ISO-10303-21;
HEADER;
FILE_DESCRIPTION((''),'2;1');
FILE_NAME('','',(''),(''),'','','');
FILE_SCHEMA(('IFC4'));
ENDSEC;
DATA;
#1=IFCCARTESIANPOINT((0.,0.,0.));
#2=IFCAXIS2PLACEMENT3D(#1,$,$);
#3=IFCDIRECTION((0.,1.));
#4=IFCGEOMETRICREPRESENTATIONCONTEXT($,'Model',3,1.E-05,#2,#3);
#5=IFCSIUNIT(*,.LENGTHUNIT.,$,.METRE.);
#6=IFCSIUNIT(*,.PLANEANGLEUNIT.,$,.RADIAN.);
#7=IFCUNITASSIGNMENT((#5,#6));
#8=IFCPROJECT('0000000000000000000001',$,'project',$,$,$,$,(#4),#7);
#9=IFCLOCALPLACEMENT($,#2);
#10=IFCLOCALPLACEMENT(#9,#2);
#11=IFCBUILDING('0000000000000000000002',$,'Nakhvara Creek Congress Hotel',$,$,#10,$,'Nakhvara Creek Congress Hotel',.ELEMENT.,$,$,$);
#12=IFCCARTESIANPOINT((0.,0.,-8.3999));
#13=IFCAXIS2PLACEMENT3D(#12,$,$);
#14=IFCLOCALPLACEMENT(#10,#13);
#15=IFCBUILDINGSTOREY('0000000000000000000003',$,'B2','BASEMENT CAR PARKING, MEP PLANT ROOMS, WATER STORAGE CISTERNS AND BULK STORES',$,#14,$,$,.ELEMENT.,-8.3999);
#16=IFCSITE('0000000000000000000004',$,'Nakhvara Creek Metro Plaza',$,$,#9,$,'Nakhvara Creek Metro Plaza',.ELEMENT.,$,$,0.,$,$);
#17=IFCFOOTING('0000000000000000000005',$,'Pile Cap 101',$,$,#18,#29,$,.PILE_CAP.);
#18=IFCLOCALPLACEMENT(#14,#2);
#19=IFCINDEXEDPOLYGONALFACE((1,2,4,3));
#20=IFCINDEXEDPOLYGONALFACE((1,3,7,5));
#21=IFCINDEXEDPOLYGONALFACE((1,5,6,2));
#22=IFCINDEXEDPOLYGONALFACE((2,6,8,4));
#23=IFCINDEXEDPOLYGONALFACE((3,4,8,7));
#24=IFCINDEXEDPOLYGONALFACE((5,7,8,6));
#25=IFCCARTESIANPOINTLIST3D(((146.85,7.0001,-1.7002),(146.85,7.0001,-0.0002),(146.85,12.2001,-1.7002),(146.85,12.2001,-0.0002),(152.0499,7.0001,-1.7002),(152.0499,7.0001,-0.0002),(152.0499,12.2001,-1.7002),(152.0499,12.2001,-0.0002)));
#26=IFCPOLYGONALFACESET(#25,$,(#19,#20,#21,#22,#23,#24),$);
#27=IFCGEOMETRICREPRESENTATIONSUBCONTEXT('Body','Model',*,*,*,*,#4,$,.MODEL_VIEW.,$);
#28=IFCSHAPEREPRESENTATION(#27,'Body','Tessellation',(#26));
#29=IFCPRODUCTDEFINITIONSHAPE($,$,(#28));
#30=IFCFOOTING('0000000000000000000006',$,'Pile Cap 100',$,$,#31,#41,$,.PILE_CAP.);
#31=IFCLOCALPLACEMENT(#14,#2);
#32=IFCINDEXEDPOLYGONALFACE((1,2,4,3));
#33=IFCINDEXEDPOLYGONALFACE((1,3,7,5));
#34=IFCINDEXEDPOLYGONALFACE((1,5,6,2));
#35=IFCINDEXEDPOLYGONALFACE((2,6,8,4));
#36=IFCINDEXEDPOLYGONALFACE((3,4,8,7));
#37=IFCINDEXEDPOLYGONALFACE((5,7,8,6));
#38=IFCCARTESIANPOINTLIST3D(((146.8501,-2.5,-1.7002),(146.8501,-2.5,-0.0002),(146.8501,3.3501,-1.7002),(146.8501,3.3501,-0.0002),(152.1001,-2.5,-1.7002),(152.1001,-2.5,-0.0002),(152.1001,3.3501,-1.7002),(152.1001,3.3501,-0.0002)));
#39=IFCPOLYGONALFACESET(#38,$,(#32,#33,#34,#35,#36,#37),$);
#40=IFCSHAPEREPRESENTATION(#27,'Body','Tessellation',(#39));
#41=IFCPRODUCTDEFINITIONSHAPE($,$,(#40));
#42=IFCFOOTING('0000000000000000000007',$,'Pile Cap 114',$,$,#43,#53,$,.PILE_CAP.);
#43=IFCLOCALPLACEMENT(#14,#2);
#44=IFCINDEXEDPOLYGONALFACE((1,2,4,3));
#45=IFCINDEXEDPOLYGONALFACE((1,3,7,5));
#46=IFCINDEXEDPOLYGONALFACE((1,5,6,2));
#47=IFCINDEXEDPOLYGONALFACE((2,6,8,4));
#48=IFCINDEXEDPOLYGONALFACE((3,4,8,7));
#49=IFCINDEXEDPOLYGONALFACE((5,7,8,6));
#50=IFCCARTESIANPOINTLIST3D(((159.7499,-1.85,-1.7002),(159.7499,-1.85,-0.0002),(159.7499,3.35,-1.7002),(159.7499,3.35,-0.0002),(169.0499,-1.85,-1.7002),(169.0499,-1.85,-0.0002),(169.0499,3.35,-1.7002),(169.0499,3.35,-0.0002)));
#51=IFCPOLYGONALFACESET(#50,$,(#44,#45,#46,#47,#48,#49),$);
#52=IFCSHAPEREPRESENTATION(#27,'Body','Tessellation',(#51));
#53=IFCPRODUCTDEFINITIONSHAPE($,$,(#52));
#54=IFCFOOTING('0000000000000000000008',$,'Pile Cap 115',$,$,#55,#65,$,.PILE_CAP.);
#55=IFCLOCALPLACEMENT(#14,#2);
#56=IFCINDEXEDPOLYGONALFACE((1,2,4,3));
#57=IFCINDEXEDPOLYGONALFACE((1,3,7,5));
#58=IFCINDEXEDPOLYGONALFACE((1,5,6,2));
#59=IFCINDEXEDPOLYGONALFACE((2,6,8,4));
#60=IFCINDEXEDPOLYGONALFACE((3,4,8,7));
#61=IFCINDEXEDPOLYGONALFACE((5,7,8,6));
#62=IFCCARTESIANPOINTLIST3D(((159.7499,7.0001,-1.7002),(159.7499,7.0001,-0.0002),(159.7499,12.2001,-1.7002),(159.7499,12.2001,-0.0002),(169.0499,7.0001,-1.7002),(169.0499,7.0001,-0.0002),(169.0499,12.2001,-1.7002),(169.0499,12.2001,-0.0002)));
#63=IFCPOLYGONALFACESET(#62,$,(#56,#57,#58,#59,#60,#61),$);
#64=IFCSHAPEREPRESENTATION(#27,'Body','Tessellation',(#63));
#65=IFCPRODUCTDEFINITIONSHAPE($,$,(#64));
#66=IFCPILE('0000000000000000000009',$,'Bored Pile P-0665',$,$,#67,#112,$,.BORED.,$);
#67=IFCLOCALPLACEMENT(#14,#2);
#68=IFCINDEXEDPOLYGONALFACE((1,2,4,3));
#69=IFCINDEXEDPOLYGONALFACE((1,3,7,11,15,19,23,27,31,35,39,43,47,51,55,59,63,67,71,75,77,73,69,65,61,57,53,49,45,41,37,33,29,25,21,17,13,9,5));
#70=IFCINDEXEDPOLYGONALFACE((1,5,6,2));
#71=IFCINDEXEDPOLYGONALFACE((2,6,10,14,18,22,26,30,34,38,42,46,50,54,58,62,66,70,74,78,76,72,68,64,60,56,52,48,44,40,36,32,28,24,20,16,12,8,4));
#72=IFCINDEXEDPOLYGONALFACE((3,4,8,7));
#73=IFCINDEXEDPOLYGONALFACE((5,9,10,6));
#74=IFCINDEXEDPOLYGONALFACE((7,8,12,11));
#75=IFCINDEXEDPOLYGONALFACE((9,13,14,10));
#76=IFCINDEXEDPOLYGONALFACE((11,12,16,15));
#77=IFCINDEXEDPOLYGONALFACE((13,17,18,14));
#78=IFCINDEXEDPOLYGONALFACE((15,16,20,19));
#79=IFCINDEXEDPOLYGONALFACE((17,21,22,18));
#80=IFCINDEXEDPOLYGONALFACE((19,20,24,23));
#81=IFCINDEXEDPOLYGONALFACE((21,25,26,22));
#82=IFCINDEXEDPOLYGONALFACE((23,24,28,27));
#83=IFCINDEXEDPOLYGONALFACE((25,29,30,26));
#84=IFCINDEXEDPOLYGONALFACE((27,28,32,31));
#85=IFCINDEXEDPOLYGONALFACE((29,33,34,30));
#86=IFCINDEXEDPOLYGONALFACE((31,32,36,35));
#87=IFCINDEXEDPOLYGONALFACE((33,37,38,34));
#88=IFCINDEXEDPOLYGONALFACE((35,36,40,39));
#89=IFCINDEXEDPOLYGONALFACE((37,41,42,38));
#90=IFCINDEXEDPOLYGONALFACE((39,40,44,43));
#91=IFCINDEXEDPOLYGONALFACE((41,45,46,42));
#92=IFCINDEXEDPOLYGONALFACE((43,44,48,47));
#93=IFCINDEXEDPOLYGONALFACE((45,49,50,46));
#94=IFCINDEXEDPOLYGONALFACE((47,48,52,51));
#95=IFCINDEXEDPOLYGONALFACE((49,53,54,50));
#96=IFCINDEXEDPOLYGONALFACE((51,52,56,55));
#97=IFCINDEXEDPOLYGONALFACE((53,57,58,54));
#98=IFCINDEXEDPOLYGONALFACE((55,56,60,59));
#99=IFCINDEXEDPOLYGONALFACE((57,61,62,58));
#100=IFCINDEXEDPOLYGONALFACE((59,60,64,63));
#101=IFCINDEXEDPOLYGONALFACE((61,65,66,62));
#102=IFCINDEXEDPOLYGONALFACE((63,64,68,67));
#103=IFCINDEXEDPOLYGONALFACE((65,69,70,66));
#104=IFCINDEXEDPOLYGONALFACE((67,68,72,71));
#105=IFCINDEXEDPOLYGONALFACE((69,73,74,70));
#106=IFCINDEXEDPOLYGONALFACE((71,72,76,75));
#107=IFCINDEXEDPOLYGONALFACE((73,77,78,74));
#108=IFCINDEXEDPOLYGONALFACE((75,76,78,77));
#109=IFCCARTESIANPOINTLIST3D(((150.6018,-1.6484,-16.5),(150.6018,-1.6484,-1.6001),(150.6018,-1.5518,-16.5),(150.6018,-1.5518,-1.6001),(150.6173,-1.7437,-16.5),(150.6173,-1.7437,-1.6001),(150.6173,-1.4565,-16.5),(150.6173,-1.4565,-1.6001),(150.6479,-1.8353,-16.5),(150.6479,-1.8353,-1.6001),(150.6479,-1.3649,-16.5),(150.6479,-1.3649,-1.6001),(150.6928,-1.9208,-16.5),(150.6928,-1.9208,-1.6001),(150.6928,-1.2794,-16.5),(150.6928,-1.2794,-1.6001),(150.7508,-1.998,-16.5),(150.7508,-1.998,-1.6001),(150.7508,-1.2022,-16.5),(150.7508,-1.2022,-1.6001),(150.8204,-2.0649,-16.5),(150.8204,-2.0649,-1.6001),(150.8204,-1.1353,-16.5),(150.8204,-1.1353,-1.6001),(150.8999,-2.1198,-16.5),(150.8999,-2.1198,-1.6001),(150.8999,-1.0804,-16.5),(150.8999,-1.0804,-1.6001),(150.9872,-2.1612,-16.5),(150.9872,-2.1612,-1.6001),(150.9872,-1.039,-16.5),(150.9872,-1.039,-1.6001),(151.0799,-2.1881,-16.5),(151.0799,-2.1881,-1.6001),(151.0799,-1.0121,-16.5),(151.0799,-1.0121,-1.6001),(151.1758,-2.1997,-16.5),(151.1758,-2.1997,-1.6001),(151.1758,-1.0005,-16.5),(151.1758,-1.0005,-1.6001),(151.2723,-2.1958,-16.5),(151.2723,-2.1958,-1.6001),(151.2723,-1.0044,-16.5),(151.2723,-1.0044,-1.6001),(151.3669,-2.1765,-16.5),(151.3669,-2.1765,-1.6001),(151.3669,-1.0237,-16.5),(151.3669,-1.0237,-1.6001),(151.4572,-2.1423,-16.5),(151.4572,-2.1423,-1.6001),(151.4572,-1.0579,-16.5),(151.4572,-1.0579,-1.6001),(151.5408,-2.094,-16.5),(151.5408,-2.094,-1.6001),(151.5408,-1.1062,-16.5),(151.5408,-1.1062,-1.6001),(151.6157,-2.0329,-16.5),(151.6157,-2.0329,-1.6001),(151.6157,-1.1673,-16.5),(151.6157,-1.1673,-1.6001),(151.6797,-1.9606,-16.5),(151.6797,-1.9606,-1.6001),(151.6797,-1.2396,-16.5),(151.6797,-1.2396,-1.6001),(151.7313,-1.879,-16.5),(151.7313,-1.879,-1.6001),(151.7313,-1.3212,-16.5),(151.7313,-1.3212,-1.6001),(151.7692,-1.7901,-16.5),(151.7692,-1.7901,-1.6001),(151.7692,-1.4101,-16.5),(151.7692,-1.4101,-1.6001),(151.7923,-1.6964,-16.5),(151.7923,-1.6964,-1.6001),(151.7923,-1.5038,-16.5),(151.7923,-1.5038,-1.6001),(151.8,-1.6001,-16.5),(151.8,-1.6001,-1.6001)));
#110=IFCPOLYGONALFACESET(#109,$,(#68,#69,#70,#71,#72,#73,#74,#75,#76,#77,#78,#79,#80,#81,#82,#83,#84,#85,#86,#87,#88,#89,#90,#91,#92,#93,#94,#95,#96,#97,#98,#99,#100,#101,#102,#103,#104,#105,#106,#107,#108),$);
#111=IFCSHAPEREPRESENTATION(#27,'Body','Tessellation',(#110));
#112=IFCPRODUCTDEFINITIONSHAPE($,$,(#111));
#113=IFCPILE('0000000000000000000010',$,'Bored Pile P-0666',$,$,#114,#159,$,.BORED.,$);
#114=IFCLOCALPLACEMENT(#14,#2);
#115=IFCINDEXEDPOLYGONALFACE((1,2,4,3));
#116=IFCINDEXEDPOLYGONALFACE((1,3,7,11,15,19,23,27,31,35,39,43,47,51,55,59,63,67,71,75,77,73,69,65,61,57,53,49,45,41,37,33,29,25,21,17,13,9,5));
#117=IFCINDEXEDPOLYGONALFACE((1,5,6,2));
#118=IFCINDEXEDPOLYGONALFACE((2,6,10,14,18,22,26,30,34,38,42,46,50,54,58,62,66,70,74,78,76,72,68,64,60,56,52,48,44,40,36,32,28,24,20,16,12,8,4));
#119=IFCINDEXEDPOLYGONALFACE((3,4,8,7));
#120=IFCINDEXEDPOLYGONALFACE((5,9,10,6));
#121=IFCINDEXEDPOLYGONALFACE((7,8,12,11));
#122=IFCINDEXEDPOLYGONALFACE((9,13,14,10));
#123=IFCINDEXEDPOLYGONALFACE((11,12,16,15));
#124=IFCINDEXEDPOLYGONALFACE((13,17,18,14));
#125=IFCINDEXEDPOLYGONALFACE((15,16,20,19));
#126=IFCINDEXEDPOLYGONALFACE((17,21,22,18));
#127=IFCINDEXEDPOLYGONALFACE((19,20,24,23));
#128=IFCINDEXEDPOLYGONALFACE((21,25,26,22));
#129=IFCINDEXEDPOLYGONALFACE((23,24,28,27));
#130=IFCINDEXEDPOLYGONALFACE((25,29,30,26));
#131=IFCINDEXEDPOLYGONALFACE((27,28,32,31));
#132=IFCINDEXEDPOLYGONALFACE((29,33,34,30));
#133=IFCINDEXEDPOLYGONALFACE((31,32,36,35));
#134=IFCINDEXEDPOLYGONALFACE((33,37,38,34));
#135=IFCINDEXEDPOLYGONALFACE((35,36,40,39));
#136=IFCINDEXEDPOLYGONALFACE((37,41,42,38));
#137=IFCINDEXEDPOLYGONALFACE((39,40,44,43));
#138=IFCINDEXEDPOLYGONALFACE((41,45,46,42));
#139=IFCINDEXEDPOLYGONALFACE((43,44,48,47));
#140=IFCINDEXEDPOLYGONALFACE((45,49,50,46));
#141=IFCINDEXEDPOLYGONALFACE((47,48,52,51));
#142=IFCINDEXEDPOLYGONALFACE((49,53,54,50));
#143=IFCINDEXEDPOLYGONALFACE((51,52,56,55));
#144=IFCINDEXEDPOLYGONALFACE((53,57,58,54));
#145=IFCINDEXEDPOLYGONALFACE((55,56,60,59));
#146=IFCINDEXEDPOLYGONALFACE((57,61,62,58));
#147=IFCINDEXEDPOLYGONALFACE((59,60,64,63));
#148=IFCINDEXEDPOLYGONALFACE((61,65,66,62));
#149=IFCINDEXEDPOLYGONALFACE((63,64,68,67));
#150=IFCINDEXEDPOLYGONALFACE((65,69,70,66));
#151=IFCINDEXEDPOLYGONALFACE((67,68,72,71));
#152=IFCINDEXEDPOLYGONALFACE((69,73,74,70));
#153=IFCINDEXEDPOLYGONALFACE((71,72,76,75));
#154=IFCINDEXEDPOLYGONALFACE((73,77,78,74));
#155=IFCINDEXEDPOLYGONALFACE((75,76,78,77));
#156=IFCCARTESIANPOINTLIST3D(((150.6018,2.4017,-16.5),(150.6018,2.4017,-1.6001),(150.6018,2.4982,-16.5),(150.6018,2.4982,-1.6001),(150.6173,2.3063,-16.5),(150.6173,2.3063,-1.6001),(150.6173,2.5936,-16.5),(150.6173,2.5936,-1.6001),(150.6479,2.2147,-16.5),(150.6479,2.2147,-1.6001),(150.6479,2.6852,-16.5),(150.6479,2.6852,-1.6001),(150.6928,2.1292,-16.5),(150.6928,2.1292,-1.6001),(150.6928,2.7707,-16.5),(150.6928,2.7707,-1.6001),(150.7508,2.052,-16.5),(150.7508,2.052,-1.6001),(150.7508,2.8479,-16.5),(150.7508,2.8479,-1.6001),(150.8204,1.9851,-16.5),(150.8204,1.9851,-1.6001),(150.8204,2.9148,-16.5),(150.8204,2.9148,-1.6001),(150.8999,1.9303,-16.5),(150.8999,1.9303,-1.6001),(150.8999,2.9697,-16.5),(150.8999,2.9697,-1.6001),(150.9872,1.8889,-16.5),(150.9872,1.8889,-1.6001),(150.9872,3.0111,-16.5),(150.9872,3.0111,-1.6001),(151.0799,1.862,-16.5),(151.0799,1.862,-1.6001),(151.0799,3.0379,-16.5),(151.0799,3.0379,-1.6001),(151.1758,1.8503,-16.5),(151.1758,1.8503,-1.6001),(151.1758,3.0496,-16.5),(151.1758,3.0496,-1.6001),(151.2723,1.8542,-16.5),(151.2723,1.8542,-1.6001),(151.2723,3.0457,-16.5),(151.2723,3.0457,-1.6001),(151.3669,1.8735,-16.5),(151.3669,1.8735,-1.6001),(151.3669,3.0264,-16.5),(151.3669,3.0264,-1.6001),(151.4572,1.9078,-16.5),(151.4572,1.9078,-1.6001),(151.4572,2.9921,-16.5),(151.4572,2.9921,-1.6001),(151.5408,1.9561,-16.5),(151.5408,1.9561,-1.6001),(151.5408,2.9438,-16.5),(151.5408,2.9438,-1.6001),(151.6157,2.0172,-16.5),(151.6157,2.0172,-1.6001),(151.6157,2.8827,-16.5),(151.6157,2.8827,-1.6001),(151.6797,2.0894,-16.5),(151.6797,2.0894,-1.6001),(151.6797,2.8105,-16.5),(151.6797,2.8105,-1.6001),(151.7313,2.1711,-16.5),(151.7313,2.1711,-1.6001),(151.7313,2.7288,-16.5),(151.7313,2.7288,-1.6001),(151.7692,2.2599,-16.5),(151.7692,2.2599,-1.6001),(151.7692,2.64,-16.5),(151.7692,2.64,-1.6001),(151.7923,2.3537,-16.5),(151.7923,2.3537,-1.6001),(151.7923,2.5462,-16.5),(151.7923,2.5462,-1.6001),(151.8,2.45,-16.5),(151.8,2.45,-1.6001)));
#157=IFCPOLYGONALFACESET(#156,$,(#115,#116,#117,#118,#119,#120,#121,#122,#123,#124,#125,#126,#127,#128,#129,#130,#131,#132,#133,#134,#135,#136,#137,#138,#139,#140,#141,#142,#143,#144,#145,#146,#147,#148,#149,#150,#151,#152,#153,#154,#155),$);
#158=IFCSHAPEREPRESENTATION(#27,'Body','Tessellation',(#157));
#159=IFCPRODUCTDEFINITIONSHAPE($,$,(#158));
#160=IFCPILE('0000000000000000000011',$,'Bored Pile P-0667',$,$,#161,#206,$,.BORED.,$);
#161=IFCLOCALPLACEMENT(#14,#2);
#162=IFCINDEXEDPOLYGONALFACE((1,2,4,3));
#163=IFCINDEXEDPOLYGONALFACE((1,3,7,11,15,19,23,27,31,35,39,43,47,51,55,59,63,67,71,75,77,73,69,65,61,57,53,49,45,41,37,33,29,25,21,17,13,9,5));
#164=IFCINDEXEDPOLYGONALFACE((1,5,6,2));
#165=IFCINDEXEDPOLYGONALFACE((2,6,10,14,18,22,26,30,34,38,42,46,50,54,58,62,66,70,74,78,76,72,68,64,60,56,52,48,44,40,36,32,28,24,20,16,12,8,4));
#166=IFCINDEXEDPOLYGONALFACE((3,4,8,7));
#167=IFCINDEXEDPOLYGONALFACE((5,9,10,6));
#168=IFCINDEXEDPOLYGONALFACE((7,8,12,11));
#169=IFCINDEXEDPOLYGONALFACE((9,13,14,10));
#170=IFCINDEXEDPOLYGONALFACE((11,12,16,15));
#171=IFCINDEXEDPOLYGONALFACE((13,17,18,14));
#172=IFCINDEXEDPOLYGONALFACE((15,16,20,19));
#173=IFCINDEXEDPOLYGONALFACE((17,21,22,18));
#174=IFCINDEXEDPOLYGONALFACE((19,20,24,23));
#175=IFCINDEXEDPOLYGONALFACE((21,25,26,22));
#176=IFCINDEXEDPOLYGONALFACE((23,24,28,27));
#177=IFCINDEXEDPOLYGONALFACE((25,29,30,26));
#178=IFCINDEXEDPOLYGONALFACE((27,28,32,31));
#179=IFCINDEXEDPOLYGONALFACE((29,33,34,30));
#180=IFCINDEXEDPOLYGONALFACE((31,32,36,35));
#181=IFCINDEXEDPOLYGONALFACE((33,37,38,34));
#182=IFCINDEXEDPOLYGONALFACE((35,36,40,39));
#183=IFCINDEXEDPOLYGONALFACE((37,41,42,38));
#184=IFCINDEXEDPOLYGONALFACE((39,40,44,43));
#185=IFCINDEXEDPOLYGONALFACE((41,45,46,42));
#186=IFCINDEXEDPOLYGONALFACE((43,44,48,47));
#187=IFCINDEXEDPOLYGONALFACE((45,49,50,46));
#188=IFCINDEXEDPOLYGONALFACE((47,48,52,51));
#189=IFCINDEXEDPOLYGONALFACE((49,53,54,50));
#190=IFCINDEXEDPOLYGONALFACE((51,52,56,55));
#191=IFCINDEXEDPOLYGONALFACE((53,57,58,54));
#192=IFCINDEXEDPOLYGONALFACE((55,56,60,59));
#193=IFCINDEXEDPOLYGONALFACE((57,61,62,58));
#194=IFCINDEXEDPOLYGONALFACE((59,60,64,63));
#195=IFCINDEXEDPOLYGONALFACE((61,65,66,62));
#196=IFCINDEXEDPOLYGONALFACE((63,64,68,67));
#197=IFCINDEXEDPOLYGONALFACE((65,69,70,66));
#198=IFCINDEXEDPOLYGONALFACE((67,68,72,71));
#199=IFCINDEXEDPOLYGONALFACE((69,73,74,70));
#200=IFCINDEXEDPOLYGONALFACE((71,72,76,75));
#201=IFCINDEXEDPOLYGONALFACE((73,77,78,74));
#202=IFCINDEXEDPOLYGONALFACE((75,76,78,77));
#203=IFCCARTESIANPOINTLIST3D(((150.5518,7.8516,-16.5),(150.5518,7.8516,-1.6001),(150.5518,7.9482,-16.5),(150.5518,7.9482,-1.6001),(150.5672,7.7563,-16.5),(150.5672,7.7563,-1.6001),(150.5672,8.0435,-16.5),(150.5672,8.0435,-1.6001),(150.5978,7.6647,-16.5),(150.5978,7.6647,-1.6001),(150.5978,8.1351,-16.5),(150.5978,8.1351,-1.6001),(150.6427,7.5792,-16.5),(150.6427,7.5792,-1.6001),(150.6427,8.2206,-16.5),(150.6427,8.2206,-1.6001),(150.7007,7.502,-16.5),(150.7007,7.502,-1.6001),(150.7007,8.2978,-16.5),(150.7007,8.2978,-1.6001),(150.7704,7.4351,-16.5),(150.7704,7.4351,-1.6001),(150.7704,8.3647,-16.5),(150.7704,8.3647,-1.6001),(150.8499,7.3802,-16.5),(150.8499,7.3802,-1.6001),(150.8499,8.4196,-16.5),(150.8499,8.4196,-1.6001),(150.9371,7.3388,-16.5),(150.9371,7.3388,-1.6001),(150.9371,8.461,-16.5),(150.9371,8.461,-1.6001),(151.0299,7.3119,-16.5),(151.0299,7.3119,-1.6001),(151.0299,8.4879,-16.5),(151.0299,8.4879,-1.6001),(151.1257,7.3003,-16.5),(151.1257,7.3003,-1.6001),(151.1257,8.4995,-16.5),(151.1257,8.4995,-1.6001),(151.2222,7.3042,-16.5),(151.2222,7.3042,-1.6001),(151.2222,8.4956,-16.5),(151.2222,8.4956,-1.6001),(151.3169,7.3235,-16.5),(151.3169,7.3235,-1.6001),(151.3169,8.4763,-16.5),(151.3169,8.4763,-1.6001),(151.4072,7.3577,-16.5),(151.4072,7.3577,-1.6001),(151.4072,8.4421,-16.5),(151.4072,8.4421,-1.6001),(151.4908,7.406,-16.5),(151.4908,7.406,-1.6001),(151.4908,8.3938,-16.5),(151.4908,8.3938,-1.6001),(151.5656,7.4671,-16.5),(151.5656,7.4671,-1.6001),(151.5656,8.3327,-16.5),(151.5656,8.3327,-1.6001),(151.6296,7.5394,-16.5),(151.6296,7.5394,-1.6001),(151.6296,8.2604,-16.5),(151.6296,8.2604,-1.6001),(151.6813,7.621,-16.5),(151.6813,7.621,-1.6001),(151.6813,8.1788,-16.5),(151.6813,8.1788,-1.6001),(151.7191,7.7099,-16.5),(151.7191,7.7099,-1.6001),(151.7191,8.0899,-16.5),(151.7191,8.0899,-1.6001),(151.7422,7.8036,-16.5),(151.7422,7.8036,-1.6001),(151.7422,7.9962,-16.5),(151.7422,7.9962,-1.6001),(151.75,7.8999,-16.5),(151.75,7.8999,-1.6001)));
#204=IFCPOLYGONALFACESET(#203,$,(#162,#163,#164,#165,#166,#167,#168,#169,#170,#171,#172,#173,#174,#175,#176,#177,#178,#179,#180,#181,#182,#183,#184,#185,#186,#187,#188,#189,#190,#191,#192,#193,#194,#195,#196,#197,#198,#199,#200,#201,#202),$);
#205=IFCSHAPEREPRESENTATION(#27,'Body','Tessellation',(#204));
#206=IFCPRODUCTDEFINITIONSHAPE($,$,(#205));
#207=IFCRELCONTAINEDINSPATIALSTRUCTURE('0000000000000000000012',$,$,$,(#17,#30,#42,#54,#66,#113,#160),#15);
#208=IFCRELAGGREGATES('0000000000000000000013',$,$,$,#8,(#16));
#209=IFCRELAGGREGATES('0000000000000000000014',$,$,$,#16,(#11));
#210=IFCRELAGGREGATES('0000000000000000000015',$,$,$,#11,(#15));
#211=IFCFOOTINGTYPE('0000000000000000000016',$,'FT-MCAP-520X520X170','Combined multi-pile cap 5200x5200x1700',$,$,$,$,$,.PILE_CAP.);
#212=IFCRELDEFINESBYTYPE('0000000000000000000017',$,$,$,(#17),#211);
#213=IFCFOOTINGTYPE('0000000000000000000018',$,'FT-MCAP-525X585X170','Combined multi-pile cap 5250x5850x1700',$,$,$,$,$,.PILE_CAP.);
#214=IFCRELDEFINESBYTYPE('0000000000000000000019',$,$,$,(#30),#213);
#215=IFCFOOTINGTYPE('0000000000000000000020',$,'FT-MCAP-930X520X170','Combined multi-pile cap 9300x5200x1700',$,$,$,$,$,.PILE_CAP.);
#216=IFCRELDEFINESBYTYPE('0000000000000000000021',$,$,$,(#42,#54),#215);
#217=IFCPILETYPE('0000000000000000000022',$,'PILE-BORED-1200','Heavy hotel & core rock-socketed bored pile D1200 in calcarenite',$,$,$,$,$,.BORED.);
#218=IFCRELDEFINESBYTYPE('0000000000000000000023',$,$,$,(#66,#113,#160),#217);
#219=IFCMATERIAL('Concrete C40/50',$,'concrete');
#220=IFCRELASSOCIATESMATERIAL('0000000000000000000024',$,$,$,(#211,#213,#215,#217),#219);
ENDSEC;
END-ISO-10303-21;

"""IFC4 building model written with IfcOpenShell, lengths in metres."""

from ifc_helpers import new_model, si_unit, direction, frame, origin, origin_2d, place, context, subcontext, project, spatial, rectangle, circle, extrude, material, material_profile, profile_set, type_object, element, save


model = new_model("IFC4")

# Units and contexts
model_context = context("Model", 3, precision=1e-05, world=origin(), true_north=direction((0.0, 1.0)))
body_context = subcontext(model_context, "Body", "Model", "MODEL_VIEW")
ifc_project = project(units=[si_unit("LENGTHUNIT", "METRE"), si_unit("PLANEANGLEUNIT", "RADIAN")], contexts=[model_context])

# Site, building, storey
site_placement = place(None, origin())
site = spatial("IfcSite", under=ifc_project, at=site_placement, Name="Nakhvara Creek Metro Plaza", LongName="Nakhvara Creek Metro Plaza", CompositionType="ELEMENT", RefElevation=0.0)
building_placement = place(site_placement, origin())
building = spatial("IfcBuilding", under=site, at=building_placement, Name="Nakhvara Creek Congress Hotel", LongName="Nakhvara Creek Congress Hotel", CompositionType="ELEMENT")
storey_placement = place(building_placement, frame((0.0, 0.0, -8.3999)))
storey = spatial("IfcBuildingStorey", under=building, at=storey_placement, Name="B2", Description="BASEMENT CAR PARKING, MEP PLANT ROOMS, WATER STORAGE CISTERNS AND BULK STORES", CompositionType="ELEMENT", Elevation=-8.3999)

# Footings
ifc_material_1 = material(Name="Concrete C40/50", Category="concrete")
footing_type_1 = type_object("IfcFootingType", Name="FT-MCAP-520X520X170", Description="Combined multi-pile cap 5200x5200x1700", PredefinedType="PILE_CAP", material=ifc_material_1)
footing_1_placement = place(storey_placement, frame((149.45, 9.6001, -1.7002), z_axis=(0.0, 0.0, 1.0), x_axis=(1.0, 0.0, 0.0)))
element("IfcFooting", 1, at=footing_1_placement, inside=storey, type_object=footing_type_1, Name="Pile Cap 101", PredefinedType="PILE_CAP", context=body_context, shape_type="SweptSolid", body=[
    extrude(rectangle(XDim=5.2, YDim=5.2, at=origin_2d()), origin(), (0.0, 0.0, 1.0), 1.7),
])
footing_type_2 = type_object("IfcFootingType", Name="FT-MCAP-525X585X170", Description="Combined multi-pile cap 5250x5850x1700", PredefinedType="PILE_CAP", material=ifc_material_1)
footing_2_placement = place(storey_placement, frame((149.4751, 0.425, -1.7002), z_axis=(0.0, 0.0, 1.0), x_axis=(1.0, 0.0, 0.0)))
element("IfcFooting", 2, at=footing_2_placement, inside=storey, type_object=footing_type_2, Name="Pile Cap 100", PredefinedType="PILE_CAP", context=body_context, shape_type="SweptSolid", body=[
    extrude(rectangle(XDim=5.25, YDim=5.8501, at=origin_2d()), origin(), (0.0, 0.0, 1.0), 1.7),
])
footing_type_3 = type_object("IfcFootingType", Name="FT-MCAP-930X520X170", Description="Combined multi-pile cap 9300x5200x1700", PredefinedType="PILE_CAP", material=ifc_material_1)
for number, where, z_axis, x_axis, name in (
    (3, (164.3999, 0.75, -1.7002), (0.0, 0.0, 1.0), (1.0, 0.0, 0.0), "Pile Cap 114"),
    (4, (164.3999, 9.6001, -1.7002), (0.0, 0.0, 1.0), (1.0, 0.0, 0.0), "Pile Cap 115"),
):
    element("IfcFooting", number, at=place(storey_placement, frame(where, z_axis=z_axis, x_axis=x_axis)), inside=storey, type_object=footing_type_3, Name=name, PredefinedType="PILE_CAP", context=body_context, shape_type="SweptSolid", body=[
        extrude(rectangle(XDim=9.3, YDim=5.2, at=origin_2d()), origin(), (0.0, 0.0, 1.0), 1.7),
    ])

# Piles
ifc_material_profile_1 = material_profile(ifc_material_1, circle(Radius=0.6001, at=origin_2d()), Name="BORED PILE D1200", Category="LoadBearing")
ifc_profile_set_1 = profile_set([ifc_material_profile_1], Name="Concrete C40/50")
pile_type_1 = type_object("IfcPileType", Name="PILE-BORED-1200", Description="Heavy hotel & core rock-socketed bored pile D1200 in calcarenite", PredefinedType="BORED", material=ifc_profile_set_1)
for number, where, z_axis, x_axis, name in (
    (5, (151.2, -1.6001, -1.6001), (0.0, 0.0, -1.0), (1.0, 0.0, 0.0), "Bored Pile P-0665"),
    (6, (151.2, 2.45, -1.6001), (0.0, 0.0, -1.0), (1.0, 0.0, 0.0), "Bored Pile P-0666"),
    (7, (151.1499, 7.8999, -1.6001), (0.0, 0.0, -1.0), (1.0, 0.0, 0.0), "Bored Pile P-0667"),
):
    element("IfcPile", number, at=place(storey_placement, frame(where, z_axis=z_axis, x_axis=x_axis)), inside=storey, type_object=pile_type_1, Name=name, PredefinedType="BORED", context=body_context, shape_type="SweptSolid", body=[
        extrude(circle(Radius=0.6001, at=origin_2d()), origin(), (0.0, 0.0, 1.0), 14.8999),
    ])

save(model, "model.ifc")
